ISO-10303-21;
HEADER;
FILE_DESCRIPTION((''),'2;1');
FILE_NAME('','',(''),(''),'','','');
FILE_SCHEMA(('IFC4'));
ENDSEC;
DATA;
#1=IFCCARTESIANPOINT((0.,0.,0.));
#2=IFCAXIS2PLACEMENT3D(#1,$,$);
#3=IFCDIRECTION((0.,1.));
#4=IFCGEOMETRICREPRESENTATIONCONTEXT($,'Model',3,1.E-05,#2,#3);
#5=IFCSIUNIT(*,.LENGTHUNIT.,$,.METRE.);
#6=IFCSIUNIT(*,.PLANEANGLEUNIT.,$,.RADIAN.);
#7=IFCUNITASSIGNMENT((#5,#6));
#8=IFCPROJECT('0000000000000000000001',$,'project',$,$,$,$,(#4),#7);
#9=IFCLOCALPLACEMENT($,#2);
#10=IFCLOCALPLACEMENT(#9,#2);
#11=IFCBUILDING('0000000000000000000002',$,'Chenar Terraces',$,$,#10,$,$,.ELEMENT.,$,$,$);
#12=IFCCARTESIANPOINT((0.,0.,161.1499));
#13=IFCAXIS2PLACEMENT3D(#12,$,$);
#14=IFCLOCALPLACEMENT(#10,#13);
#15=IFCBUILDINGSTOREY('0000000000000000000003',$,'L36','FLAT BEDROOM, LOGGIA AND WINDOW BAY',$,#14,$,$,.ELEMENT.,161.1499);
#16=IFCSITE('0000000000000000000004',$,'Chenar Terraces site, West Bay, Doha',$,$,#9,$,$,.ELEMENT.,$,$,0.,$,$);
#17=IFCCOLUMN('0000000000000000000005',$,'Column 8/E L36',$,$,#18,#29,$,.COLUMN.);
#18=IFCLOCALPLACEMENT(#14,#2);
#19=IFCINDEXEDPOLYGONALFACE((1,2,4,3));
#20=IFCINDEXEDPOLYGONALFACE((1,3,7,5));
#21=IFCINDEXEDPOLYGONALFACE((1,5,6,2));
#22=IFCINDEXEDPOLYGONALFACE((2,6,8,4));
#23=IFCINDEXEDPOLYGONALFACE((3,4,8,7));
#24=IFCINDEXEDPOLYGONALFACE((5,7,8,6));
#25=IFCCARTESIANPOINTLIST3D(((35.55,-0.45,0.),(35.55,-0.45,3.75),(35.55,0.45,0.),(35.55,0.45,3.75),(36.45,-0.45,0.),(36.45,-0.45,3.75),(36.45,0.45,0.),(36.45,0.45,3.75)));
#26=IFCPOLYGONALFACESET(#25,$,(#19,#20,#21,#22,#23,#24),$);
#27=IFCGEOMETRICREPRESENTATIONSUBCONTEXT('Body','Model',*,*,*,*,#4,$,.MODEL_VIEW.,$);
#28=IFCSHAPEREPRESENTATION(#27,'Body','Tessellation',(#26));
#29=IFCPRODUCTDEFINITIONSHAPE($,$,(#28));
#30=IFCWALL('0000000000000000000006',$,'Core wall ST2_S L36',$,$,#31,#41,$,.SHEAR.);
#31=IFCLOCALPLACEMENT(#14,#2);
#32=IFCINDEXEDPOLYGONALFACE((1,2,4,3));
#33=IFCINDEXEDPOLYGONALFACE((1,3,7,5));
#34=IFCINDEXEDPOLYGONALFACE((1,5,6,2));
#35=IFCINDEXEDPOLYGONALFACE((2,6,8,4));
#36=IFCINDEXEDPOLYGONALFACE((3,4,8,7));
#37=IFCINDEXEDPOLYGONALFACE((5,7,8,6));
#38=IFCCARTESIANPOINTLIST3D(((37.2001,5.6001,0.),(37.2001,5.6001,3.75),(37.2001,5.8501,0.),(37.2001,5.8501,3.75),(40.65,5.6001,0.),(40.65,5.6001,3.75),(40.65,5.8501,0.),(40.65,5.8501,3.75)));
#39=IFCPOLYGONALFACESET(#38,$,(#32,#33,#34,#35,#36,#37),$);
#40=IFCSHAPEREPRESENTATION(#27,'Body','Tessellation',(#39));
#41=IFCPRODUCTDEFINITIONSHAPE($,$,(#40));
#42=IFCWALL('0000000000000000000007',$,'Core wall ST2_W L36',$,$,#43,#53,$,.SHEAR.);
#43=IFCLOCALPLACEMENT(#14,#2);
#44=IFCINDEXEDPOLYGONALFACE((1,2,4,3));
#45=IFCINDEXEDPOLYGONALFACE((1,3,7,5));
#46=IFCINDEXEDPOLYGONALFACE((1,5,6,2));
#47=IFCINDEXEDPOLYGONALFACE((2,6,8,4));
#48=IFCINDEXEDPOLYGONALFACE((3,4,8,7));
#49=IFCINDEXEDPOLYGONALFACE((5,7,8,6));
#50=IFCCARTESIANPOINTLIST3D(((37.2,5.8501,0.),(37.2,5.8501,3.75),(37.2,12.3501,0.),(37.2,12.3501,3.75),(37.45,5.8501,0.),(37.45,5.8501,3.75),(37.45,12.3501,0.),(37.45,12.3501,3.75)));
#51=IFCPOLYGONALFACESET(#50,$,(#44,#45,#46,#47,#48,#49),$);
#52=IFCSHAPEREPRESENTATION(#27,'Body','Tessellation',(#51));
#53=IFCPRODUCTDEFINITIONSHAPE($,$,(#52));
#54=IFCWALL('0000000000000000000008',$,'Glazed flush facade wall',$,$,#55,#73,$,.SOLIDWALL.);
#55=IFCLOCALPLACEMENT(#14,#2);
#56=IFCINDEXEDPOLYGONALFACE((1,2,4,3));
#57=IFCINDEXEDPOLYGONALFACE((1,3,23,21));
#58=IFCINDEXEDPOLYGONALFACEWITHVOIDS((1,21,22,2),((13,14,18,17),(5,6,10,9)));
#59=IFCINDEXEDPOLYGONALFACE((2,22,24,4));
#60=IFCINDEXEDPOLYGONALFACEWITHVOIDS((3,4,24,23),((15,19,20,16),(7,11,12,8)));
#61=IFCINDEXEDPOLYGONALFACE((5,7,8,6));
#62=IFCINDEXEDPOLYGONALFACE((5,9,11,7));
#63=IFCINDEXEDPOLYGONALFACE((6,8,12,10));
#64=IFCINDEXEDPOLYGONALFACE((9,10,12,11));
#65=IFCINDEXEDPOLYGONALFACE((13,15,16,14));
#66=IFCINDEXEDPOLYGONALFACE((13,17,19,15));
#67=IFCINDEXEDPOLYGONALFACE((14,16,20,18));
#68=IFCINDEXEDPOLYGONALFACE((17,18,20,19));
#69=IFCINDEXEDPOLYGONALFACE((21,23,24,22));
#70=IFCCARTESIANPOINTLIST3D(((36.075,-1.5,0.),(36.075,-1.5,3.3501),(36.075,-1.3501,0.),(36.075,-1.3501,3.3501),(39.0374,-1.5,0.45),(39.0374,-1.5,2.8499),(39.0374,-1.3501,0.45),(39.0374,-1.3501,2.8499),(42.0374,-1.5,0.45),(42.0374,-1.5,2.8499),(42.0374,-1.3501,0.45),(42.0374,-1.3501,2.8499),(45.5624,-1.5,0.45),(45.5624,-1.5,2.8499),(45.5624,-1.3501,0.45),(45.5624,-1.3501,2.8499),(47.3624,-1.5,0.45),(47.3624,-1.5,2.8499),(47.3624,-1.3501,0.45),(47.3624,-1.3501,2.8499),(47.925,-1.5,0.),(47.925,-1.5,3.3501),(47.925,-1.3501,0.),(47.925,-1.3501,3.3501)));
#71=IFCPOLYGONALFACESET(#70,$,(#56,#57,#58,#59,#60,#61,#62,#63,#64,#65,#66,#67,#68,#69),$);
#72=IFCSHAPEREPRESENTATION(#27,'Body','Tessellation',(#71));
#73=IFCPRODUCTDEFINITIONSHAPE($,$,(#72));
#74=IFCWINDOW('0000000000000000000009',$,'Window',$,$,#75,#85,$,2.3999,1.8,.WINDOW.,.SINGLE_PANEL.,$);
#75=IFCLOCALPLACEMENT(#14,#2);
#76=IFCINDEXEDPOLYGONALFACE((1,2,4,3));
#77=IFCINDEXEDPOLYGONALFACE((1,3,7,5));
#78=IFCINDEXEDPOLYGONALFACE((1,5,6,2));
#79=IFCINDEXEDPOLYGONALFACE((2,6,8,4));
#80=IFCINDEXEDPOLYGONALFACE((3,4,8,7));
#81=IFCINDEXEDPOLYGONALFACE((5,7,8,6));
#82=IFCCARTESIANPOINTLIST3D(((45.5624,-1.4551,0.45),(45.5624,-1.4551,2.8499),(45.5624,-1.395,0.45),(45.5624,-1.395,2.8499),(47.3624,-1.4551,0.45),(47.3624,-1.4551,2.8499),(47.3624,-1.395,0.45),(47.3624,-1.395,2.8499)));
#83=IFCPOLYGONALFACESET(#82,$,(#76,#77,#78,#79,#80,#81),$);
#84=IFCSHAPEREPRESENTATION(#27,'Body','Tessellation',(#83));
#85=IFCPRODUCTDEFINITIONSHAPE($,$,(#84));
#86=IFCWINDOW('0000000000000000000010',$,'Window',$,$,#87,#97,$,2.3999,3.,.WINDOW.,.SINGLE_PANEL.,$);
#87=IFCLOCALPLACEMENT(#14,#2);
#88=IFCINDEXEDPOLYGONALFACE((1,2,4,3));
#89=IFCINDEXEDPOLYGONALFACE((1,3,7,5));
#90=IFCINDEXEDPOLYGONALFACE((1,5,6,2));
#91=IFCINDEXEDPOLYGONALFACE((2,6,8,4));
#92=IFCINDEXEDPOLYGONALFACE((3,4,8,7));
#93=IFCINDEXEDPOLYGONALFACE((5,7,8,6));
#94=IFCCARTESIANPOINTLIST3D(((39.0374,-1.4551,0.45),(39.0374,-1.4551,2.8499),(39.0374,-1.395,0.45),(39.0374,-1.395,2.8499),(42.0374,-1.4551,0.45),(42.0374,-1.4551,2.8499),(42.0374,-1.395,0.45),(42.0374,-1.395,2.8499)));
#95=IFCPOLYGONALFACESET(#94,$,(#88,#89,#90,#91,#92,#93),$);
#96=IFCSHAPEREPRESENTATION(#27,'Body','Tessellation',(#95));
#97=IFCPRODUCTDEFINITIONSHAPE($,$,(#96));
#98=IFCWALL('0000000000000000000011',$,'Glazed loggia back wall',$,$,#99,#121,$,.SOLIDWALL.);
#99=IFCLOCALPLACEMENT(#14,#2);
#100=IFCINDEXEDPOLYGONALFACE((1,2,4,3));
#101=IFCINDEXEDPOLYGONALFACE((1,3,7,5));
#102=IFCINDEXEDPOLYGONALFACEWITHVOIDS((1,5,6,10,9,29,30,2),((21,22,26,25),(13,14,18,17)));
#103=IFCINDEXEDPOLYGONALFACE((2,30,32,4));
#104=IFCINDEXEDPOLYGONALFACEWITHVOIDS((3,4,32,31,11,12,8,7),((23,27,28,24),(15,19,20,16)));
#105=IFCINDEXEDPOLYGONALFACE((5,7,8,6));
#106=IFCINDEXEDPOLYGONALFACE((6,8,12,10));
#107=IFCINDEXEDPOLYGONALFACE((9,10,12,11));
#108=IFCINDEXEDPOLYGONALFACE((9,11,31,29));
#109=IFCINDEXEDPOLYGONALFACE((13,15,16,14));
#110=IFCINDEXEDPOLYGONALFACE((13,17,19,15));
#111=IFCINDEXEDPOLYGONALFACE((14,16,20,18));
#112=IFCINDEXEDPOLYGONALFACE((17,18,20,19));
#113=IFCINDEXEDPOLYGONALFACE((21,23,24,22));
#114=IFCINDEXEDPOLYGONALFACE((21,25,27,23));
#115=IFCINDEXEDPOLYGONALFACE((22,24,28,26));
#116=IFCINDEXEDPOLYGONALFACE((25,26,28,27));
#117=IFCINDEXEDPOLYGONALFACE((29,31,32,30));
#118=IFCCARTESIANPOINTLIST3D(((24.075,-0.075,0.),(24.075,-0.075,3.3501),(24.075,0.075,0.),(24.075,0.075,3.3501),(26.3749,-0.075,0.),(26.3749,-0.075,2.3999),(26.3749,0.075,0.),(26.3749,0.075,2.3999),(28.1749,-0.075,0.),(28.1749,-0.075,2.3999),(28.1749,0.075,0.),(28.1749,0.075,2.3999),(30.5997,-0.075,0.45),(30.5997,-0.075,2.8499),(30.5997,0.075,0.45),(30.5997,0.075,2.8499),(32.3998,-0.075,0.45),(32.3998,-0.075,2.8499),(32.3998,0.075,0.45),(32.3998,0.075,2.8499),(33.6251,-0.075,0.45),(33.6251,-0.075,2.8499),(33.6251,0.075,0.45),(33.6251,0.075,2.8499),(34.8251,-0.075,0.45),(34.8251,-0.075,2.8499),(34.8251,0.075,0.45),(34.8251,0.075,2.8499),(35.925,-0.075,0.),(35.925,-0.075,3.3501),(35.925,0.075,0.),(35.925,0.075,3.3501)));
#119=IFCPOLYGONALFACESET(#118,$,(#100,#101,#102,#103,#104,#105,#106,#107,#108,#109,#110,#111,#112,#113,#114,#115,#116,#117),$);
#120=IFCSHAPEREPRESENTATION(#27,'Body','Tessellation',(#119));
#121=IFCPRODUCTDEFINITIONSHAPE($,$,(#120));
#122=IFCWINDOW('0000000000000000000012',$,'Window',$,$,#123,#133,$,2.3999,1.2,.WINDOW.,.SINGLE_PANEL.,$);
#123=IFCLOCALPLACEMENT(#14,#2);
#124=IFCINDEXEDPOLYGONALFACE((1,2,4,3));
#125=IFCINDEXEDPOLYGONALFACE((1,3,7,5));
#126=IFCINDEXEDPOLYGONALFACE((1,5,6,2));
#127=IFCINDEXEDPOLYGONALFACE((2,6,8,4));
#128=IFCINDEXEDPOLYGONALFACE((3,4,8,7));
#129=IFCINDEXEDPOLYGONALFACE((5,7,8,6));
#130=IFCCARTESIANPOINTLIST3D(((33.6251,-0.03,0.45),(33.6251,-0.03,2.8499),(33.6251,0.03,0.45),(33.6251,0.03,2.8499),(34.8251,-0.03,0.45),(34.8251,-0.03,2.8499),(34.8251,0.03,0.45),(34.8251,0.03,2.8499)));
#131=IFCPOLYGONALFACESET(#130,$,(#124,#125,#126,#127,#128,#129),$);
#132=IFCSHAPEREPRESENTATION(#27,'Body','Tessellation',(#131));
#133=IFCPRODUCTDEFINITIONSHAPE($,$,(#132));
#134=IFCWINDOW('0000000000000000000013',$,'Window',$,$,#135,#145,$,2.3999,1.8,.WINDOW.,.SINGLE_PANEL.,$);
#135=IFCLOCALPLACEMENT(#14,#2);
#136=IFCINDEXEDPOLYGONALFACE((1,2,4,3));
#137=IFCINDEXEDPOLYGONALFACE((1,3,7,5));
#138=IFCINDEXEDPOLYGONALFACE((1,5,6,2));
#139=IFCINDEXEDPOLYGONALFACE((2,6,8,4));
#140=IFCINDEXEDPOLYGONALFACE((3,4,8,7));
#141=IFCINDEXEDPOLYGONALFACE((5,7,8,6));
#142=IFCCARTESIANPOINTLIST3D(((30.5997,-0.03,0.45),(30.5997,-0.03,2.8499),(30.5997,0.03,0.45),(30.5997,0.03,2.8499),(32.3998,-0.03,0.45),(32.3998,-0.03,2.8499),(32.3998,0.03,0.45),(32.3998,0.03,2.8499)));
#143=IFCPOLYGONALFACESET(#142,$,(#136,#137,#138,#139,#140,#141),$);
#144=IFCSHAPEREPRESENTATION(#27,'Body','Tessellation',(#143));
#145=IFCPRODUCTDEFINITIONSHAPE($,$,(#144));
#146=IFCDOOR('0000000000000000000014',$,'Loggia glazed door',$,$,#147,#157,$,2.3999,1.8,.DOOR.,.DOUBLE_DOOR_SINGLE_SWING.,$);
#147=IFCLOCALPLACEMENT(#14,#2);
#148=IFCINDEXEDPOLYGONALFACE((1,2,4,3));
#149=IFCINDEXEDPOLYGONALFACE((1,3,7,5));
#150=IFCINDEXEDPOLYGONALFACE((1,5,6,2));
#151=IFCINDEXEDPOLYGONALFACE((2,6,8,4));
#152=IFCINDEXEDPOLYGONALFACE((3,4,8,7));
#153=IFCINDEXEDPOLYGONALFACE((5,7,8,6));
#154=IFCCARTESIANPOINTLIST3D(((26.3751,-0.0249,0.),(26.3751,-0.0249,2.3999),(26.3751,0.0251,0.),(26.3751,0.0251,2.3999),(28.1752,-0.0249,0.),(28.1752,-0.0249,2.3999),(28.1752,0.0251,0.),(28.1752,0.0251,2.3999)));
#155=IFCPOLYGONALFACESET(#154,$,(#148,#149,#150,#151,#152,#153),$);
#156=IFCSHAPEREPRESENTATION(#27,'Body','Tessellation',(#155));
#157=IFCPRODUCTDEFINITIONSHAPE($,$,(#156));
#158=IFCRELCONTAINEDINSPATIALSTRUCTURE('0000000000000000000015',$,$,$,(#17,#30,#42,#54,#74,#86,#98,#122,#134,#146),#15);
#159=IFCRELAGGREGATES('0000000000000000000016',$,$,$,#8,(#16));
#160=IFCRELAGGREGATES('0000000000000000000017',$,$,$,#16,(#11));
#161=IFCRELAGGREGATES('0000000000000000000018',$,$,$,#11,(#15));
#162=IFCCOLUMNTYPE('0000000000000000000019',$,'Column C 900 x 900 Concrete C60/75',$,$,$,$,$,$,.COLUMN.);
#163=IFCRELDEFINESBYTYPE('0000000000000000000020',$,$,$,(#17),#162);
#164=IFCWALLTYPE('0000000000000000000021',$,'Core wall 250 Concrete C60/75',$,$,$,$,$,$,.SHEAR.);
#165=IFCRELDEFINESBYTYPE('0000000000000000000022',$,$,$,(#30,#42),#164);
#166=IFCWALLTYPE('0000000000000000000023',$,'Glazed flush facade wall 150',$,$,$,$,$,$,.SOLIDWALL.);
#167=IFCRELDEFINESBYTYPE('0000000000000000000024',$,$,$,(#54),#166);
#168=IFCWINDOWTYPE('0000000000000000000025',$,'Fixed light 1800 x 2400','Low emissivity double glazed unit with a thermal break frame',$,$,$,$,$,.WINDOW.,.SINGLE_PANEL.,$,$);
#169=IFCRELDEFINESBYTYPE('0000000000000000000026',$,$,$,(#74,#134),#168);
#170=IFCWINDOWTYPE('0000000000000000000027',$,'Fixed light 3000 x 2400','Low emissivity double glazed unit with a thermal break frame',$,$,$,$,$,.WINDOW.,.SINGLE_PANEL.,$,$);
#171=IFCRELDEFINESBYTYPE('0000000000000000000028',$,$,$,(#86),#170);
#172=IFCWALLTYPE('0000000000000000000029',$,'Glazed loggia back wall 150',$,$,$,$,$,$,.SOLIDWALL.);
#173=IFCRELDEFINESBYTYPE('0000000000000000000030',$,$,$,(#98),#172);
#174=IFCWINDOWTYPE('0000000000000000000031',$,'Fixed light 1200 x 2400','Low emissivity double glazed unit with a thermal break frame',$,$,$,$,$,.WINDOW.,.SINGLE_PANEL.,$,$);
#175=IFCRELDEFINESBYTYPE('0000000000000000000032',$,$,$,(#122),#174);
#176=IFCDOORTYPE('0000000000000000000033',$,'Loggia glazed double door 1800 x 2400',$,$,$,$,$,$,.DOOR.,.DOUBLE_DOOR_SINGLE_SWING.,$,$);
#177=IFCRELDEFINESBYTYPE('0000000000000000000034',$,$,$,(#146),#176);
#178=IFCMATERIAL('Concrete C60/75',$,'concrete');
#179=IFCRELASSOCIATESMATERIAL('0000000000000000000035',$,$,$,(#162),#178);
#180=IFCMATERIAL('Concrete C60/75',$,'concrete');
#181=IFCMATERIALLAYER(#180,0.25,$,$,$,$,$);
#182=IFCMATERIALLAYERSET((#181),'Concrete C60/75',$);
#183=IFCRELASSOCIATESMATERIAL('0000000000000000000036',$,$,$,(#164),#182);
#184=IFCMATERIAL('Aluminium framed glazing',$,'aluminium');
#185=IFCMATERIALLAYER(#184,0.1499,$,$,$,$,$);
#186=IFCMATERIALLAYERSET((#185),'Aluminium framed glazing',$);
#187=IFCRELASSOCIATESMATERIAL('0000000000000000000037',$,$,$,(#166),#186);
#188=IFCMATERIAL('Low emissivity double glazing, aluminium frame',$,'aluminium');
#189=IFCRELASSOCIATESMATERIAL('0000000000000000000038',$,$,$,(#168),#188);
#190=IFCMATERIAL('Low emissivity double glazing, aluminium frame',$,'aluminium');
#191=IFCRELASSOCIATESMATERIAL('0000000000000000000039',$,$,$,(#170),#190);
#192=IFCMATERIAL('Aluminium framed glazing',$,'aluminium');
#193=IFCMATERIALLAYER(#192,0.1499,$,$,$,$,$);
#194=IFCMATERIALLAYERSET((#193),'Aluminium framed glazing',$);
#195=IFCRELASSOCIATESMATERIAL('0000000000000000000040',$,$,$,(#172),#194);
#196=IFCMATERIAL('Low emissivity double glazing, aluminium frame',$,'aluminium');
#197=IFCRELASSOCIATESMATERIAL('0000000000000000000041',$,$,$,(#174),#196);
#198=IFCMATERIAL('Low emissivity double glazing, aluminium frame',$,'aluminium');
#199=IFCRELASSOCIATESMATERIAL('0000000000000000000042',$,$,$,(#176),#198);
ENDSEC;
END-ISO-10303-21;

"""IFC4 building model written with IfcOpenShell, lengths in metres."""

from ifc_helpers import new_model, si_unit, direction, frame, frame_2d, origin, origin_2d, place, context, subcontext, project, spatial, rectangle, extrude, material, layer, layer_set, material_profile, profile_set, type_object, element, fill, save


model = new_model("IFC4")

# Units and contexts
model_context = context("Model", 3, precision=1e-05, world=origin(), true_north=direction((0.0, 1.0)))
body_context = subcontext(model_context, "Body", "Model", "MODEL_VIEW")
ifc_project = project(units=[si_unit("LENGTHUNIT", "METRE"), si_unit("PLANEANGLEUNIT", "RADIAN")], contexts=[model_context])

# Site, building, storey
site_placement = place(None, origin())
site = spatial("IfcSite", under=ifc_project, at=site_placement, Name="Chenar Terraces site, West Bay, Doha", CompositionType="ELEMENT", RefElevation=0.0)
building_placement = place(site_placement, origin())
building = spatial("IfcBuilding", under=site, at=building_placement, Name="Chenar Terraces", CompositionType="ELEMENT")
storey_placement = place(building_placement, frame((0.0, 0.0, 161.1499)))
storey = spatial("IfcBuildingStorey", under=building, at=storey_placement, Name="L36", Description="FLAT BEDROOM, LOGGIA AND WINDOW BAY", CompositionType="ELEMENT", Elevation=161.1499)

# Column
ifc_material_1 = material(Name="Concrete C60/75", Category="concrete")
ifc_material_profile = material_profile(ifc_material_1, rectangle(XDim=0.8999, YDim=0.8999, at=origin_2d()), Name="C 900 x 900")
ifc_profile_set = profile_set([ifc_material_profile], Name="Concrete C60/75")
column_type = type_object("IfcColumnType", Name="Column C 900 x 900 Concrete C60/75", PredefinedType="COLUMN", material=ifc_profile_set)
column_placement = place(storey_placement, frame((36.0, 0.0, 0.0), z_axis=(0.0, 0.0, 1.0), x_axis=(1.0, 0.0, 0.0)))
element("IfcColumn", 1, at=column_placement, inside=storey, type_object=column_type, Name="Column 8/E L36", PredefinedType="COLUMN", context=body_context, shape_type="SweptSolid", body=[
    extrude(rectangle(XDim=0.8999, YDim=0.8999, at=origin_2d()), origin(), (0.0, 0.0, 1.0), 3.75),
])

# Walls
ifc_material_2 = material(Name="Concrete C60/75", Category="concrete")
ifc_layer_1 = layer(ifc_material_2, 0.25)
ifc_layer_set_1 = layer_set([ifc_layer_1], Name="Concrete C60/75")
wall_type_1 = type_object("IfcWallType", Name="Core wall 250 Concrete C60/75", PredefinedType="SHEAR", material=ifc_layer_set_1)
wall_1_placement = place(storey_placement, frame((37.2, 5.7251, 0.0), z_axis=(0.0, 0.0, 1.0), x_axis=(1.0, 0.0, 0.0)))
element("IfcWall", 2, at=wall_1_placement, inside=storey, type_object=wall_type_1, Name="Core wall ST2_S L36", PredefinedType="SHEAR", context=body_context, shape_type="SweptSolid", body=[
    extrude(rectangle(XDim=3.45, YDim=0.25, at=frame_2d((1.7251, 0.0))), origin(), (0.0, 0.0, 1.0), 3.75),
])
wall_2_placement = place(storey_placement, frame((37.325, 5.8501, 0.0), z_axis=(0.0, 0.0, 1.0), x_axis=(0.0, 1.0, 0.0)))
element("IfcWall", 3, at=wall_2_placement, inside=storey, type_object=wall_type_1, Name="Core wall ST2_W L36", PredefinedType="SHEAR", context=body_context, shape_type="SweptSolid", body=[
    extrude(rectangle(XDim=6.5, YDim=0.25, at=frame_2d((3.25, 0.0))), origin(), (0.0, 0.0, 1.0), 3.75),
])

# Wall, openings, windows
ifc_material_3 = material(Name="Aluminium framed glazing", Category="aluminium")
ifc_layer_2 = layer(ifc_material_3, 0.1499)
ifc_layer_set_2 = layer_set([ifc_layer_2], Name="Aluminium framed glazing")
wall_type_2 = type_object("IfcWallType", Name="Glazed flush facade wall 150", PredefinedType="SOLIDWALL", material=ifc_layer_set_2)
wall_3_placement = place(storey_placement, frame((36.075, -1.425, 0.0), z_axis=(0.0, 0.0, 1.0), x_axis=(1.0, 0.0, 0.0)))
wall_3 = element("IfcWall", 4, at=wall_3_placement, inside=storey, type_object=wall_type_2, Name="Glazed flush facade wall", PredefinedType="SOLIDWALL", context=body_context, shape_type="SweptSolid", body=[
    extrude(rectangle(XDim=11.8501, YDim=0.1499, at=frame_2d((5.925, 0.0))), origin(), (0.0, 0.0, 1.0), 3.3501),
])
opening_1_placement = place(wall_3_placement, frame((2.9624, 0.0, 0.45)))
opening_1 = element("IfcOpeningElement", 5, at=opening_1_placement, cuts=wall_3, PredefinedType="OPENING", context=body_context, shape_type="SweptSolid", body=[
    extrude(rectangle(XDim=3.0, YDim=2.3999, at=frame_2d((1.5, 1.2))), frame((0.0, 0.085, 0.0), z_axis=(0.0, -1.0, 0.0), x_axis=(1.0, 0.0, 0.0)), (0.0, 0.0, 1.0), 0.1699),
])
opening_2_placement = place(wall_3_placement, frame((9.4875, 0.0, 0.45)))
opening_2 = element("IfcOpeningElement", 6, at=opening_2_placement, cuts=wall_3, PredefinedType="OPENING", context=body_context, shape_type="SweptSolid", body=[
    extrude(rectangle(XDim=1.8, YDim=2.3999, at=frame_2d((0.8999, 1.2))), frame((0.0, 0.085, 0.0), z_axis=(0.0, -1.0, 0.0), x_axis=(1.0, 0.0, 0.0)), (0.0, 0.0, 1.0), 0.1699),
])
ifc_material_4 = material(Name="Low emissivity double glazing, aluminium frame", Category="aluminium")
window_type_1 = type_object("IfcWindowType", Name="Fixed light 1800 x 2400", Description="Low emissivity double glazed unit with a thermal break frame", PartitioningType="SINGLE_PANEL", PredefinedType="WINDOW", material=ifc_material_4)
window_1_placement = place(opening_2_placement, origin())
window_1 = element("IfcWindow", 7, at=window_1_placement, inside=storey, type_object=window_type_1, Name="Window", OverallHeight=2.3999, OverallWidth=1.8, PartitioningType="SINGLE_PANEL", PredefinedType="WINDOW", context=body_context, shape_type="SweptSolid", body=[
    extrude(rectangle(XDim=1.8, YDim=2.3999, at=frame_2d((0.8999, 1.2))), frame((0.0, 0.03, 0.0), z_axis=(0.0, -1.0, 0.0), x_axis=(1.0, 0.0, 0.0)), (0.0, 0.0, 1.0), 0.0601),
])
fill(opening_2, window_1)
ifc_material_5 = material(Name="Low emissivity double glazing, aluminium frame", Category="aluminium")
window_type_2 = type_object("IfcWindowType", Name="Fixed light 3000 x 2400", Description="Low emissivity double glazed unit with a thermal break frame", PartitioningType="SINGLE_PANEL", PredefinedType="WINDOW", material=ifc_material_5)
window_2_placement = place(opening_1_placement, origin())
window_2 = element("IfcWindow", 8, at=window_2_placement, inside=storey, type_object=window_type_2, Name="Window", OverallHeight=2.3999, OverallWidth=3.0, PartitioningType="SINGLE_PANEL", PredefinedType="WINDOW", context=body_context, shape_type="SweptSolid", body=[
    extrude(rectangle(XDim=3.0, YDim=2.3999, at=frame_2d((1.5, 1.2))), frame((0.0, 0.03, 0.0), z_axis=(0.0, -1.0, 0.0), x_axis=(1.0, 0.0, 0.0)), (0.0, 0.0, 1.0), 0.0601),
])
fill(opening_1, window_2)

# Wall, openings, windows, door
ifc_material_6 = material(Name="Aluminium framed glazing", Category="aluminium")
ifc_layer_3 = layer(ifc_material_6, 0.1499)
ifc_layer_set_3 = layer_set([ifc_layer_3], Name="Aluminium framed glazing")
wall_type_3 = type_object("IfcWallType", Name="Glazed loggia back wall 150", PredefinedType="SOLIDWALL", material=ifc_layer_set_3)
wall_4_placement = place(storey_placement, frame((24.075, 0.0, 0.0), z_axis=(0.0, 0.0, 1.0), x_axis=(1.0, 0.0, 0.0)))
wall_4 = element("IfcWall", 9, at=wall_4_placement, inside=storey, type_object=wall_type_3, Name="Glazed loggia back wall", PredefinedType="SOLIDWALL", context=body_context, shape_type="SweptSolid", body=[
    extrude(rectangle(XDim=11.8501, YDim=0.1499, at=frame_2d((5.925, 0.0))), origin(), (0.0, 0.0, 1.0), 3.3501),
])
opening_3_placement = place(wall_4_placement, frame((2.3, 0.0, 0.0)))
opening_3 = element("IfcOpeningElement", 10, at=opening_3_placement, cuts=wall_4, PredefinedType="OPENING", context=body_context, shape_type="SweptSolid", body=[
    extrude(rectangle(XDim=1.8, YDim=2.3999, at=frame_2d((0.8999, 1.2))), frame((0.0, 0.085, 0.0), z_axis=(0.0, -1.0, 0.0), x_axis=(1.0, 0.0, 0.0)), (0.0, 0.0, 1.0), 0.1699),
])
opening_4_placement = place(wall_4_placement, frame((6.5249, 0.0, 0.45)))
opening_4 = element("IfcOpeningElement", 11, at=opening_4_placement, cuts=wall_4, PredefinedType="OPENING", context=body_context, shape_type="SweptSolid", body=[
    extrude(rectangle(XDim=1.8, YDim=2.3999, at=frame_2d((0.8999, 1.2))), frame((0.0, 0.085, 0.0), z_axis=(0.0, -1.0, 0.0), x_axis=(1.0, 0.0, 0.0)), (0.0, 0.0, 1.0), 0.1699),
])
opening_5_placement = place(wall_4_placement, frame((9.55, 0.0, 0.45)))
opening_5 = element("IfcOpeningElement", 12, at=opening_5_placement, cuts=wall_4, PredefinedType="OPENING", context=body_context, shape_type="SweptSolid", body=[
    extrude(rectangle(XDim=1.2, YDim=2.3999, at=frame_2d((0.6001, 1.2))), frame((0.0, 0.085, 0.0), z_axis=(0.0, -1.0, 0.0), x_axis=(1.0, 0.0, 0.0)), (0.0, 0.0, 1.0), 0.1699),
])
ifc_material_7 = material(Name="Low emissivity double glazing, aluminium frame", Category="aluminium")
window_type_3 = type_object("IfcWindowType", Name="Fixed light 1200 x 2400", Description="Low emissivity double glazed unit with a thermal break frame", PartitioningType="SINGLE_PANEL", PredefinedType="WINDOW", material=ifc_material_7)
window_3_placement = place(opening_5_placement, origin())
window_3 = element("IfcWindow", 13, at=window_3_placement, inside=storey, type_object=window_type_3, Name="Window", OverallHeight=2.3999, OverallWidth=1.2, PartitioningType="SINGLE_PANEL", PredefinedType="WINDOW", context=body_context, shape_type="SweptSolid", body=[
    extrude(rectangle(XDim=1.2, YDim=2.3999, at=frame_2d((0.6001, 1.2))), frame((0.0, 0.03, 0.0), z_axis=(0.0, -1.0, 0.0), x_axis=(1.0, 0.0, 0.0)), (0.0, 0.0, 1.0), 0.0601),
])
fill(opening_5, window_3)
window_4_placement = place(opening_4_placement, origin())
window_4 = element("IfcWindow", 14, at=window_4_placement, inside=storey, type_object=window_type_1, Name="Window", OverallHeight=2.3999, OverallWidth=1.8, PartitioningType="SINGLE_PANEL", PredefinedType="WINDOW", context=body_context, shape_type="SweptSolid", body=[
    extrude(rectangle(XDim=1.8, YDim=2.3999, at=frame_2d((0.8999, 1.2))), frame((0.0, 0.03, 0.0), z_axis=(0.0, -1.0, 0.0), x_axis=(1.0, 0.0, 0.0)), (0.0, 0.0, 1.0), 0.0601),
])
fill(opening_4, window_4)
ifc_material_8 = material(Name="Low emissivity double glazing, aluminium frame", Category="aluminium")
door_type_1 = type_object("IfcDoorType", Name="Loggia glazed double door 1800 x 2400", OperationType="DOUBLE_DOOR_SINGLE_SWING", PredefinedType="DOOR", material=ifc_material_8)
door_1_placement = place(opening_3_placement, frame((1.8, 0.0, 0.0), z_axis=(0.0, 0.0, 1.0), x_axis=(-1.0, 0.0, 0.0)))
door_1 = element("IfcDoor", 15, at=door_1_placement, inside=storey, type_object=door_type_1, Name="Loggia glazed door", OperationType="DOUBLE_DOOR_SINGLE_SWING", OverallHeight=2.3999, OverallWidth=1.8, PredefinedType="DOOR", context=body_context, shape_type="SweptSolid", body=[
    extrude(rectangle(XDim=1.8, YDim=2.3999, at=frame_2d((0.8999, 1.2))), frame((0.0, 0.0249, 0.0), z_axis=(0.0, -1.0, 0.0), x_axis=(1.0, 0.0, 0.0)), (0.0, 0.0, 1.0), 0.05),
])
fill(opening_3, door_1)

save(model, "model.ifc")
